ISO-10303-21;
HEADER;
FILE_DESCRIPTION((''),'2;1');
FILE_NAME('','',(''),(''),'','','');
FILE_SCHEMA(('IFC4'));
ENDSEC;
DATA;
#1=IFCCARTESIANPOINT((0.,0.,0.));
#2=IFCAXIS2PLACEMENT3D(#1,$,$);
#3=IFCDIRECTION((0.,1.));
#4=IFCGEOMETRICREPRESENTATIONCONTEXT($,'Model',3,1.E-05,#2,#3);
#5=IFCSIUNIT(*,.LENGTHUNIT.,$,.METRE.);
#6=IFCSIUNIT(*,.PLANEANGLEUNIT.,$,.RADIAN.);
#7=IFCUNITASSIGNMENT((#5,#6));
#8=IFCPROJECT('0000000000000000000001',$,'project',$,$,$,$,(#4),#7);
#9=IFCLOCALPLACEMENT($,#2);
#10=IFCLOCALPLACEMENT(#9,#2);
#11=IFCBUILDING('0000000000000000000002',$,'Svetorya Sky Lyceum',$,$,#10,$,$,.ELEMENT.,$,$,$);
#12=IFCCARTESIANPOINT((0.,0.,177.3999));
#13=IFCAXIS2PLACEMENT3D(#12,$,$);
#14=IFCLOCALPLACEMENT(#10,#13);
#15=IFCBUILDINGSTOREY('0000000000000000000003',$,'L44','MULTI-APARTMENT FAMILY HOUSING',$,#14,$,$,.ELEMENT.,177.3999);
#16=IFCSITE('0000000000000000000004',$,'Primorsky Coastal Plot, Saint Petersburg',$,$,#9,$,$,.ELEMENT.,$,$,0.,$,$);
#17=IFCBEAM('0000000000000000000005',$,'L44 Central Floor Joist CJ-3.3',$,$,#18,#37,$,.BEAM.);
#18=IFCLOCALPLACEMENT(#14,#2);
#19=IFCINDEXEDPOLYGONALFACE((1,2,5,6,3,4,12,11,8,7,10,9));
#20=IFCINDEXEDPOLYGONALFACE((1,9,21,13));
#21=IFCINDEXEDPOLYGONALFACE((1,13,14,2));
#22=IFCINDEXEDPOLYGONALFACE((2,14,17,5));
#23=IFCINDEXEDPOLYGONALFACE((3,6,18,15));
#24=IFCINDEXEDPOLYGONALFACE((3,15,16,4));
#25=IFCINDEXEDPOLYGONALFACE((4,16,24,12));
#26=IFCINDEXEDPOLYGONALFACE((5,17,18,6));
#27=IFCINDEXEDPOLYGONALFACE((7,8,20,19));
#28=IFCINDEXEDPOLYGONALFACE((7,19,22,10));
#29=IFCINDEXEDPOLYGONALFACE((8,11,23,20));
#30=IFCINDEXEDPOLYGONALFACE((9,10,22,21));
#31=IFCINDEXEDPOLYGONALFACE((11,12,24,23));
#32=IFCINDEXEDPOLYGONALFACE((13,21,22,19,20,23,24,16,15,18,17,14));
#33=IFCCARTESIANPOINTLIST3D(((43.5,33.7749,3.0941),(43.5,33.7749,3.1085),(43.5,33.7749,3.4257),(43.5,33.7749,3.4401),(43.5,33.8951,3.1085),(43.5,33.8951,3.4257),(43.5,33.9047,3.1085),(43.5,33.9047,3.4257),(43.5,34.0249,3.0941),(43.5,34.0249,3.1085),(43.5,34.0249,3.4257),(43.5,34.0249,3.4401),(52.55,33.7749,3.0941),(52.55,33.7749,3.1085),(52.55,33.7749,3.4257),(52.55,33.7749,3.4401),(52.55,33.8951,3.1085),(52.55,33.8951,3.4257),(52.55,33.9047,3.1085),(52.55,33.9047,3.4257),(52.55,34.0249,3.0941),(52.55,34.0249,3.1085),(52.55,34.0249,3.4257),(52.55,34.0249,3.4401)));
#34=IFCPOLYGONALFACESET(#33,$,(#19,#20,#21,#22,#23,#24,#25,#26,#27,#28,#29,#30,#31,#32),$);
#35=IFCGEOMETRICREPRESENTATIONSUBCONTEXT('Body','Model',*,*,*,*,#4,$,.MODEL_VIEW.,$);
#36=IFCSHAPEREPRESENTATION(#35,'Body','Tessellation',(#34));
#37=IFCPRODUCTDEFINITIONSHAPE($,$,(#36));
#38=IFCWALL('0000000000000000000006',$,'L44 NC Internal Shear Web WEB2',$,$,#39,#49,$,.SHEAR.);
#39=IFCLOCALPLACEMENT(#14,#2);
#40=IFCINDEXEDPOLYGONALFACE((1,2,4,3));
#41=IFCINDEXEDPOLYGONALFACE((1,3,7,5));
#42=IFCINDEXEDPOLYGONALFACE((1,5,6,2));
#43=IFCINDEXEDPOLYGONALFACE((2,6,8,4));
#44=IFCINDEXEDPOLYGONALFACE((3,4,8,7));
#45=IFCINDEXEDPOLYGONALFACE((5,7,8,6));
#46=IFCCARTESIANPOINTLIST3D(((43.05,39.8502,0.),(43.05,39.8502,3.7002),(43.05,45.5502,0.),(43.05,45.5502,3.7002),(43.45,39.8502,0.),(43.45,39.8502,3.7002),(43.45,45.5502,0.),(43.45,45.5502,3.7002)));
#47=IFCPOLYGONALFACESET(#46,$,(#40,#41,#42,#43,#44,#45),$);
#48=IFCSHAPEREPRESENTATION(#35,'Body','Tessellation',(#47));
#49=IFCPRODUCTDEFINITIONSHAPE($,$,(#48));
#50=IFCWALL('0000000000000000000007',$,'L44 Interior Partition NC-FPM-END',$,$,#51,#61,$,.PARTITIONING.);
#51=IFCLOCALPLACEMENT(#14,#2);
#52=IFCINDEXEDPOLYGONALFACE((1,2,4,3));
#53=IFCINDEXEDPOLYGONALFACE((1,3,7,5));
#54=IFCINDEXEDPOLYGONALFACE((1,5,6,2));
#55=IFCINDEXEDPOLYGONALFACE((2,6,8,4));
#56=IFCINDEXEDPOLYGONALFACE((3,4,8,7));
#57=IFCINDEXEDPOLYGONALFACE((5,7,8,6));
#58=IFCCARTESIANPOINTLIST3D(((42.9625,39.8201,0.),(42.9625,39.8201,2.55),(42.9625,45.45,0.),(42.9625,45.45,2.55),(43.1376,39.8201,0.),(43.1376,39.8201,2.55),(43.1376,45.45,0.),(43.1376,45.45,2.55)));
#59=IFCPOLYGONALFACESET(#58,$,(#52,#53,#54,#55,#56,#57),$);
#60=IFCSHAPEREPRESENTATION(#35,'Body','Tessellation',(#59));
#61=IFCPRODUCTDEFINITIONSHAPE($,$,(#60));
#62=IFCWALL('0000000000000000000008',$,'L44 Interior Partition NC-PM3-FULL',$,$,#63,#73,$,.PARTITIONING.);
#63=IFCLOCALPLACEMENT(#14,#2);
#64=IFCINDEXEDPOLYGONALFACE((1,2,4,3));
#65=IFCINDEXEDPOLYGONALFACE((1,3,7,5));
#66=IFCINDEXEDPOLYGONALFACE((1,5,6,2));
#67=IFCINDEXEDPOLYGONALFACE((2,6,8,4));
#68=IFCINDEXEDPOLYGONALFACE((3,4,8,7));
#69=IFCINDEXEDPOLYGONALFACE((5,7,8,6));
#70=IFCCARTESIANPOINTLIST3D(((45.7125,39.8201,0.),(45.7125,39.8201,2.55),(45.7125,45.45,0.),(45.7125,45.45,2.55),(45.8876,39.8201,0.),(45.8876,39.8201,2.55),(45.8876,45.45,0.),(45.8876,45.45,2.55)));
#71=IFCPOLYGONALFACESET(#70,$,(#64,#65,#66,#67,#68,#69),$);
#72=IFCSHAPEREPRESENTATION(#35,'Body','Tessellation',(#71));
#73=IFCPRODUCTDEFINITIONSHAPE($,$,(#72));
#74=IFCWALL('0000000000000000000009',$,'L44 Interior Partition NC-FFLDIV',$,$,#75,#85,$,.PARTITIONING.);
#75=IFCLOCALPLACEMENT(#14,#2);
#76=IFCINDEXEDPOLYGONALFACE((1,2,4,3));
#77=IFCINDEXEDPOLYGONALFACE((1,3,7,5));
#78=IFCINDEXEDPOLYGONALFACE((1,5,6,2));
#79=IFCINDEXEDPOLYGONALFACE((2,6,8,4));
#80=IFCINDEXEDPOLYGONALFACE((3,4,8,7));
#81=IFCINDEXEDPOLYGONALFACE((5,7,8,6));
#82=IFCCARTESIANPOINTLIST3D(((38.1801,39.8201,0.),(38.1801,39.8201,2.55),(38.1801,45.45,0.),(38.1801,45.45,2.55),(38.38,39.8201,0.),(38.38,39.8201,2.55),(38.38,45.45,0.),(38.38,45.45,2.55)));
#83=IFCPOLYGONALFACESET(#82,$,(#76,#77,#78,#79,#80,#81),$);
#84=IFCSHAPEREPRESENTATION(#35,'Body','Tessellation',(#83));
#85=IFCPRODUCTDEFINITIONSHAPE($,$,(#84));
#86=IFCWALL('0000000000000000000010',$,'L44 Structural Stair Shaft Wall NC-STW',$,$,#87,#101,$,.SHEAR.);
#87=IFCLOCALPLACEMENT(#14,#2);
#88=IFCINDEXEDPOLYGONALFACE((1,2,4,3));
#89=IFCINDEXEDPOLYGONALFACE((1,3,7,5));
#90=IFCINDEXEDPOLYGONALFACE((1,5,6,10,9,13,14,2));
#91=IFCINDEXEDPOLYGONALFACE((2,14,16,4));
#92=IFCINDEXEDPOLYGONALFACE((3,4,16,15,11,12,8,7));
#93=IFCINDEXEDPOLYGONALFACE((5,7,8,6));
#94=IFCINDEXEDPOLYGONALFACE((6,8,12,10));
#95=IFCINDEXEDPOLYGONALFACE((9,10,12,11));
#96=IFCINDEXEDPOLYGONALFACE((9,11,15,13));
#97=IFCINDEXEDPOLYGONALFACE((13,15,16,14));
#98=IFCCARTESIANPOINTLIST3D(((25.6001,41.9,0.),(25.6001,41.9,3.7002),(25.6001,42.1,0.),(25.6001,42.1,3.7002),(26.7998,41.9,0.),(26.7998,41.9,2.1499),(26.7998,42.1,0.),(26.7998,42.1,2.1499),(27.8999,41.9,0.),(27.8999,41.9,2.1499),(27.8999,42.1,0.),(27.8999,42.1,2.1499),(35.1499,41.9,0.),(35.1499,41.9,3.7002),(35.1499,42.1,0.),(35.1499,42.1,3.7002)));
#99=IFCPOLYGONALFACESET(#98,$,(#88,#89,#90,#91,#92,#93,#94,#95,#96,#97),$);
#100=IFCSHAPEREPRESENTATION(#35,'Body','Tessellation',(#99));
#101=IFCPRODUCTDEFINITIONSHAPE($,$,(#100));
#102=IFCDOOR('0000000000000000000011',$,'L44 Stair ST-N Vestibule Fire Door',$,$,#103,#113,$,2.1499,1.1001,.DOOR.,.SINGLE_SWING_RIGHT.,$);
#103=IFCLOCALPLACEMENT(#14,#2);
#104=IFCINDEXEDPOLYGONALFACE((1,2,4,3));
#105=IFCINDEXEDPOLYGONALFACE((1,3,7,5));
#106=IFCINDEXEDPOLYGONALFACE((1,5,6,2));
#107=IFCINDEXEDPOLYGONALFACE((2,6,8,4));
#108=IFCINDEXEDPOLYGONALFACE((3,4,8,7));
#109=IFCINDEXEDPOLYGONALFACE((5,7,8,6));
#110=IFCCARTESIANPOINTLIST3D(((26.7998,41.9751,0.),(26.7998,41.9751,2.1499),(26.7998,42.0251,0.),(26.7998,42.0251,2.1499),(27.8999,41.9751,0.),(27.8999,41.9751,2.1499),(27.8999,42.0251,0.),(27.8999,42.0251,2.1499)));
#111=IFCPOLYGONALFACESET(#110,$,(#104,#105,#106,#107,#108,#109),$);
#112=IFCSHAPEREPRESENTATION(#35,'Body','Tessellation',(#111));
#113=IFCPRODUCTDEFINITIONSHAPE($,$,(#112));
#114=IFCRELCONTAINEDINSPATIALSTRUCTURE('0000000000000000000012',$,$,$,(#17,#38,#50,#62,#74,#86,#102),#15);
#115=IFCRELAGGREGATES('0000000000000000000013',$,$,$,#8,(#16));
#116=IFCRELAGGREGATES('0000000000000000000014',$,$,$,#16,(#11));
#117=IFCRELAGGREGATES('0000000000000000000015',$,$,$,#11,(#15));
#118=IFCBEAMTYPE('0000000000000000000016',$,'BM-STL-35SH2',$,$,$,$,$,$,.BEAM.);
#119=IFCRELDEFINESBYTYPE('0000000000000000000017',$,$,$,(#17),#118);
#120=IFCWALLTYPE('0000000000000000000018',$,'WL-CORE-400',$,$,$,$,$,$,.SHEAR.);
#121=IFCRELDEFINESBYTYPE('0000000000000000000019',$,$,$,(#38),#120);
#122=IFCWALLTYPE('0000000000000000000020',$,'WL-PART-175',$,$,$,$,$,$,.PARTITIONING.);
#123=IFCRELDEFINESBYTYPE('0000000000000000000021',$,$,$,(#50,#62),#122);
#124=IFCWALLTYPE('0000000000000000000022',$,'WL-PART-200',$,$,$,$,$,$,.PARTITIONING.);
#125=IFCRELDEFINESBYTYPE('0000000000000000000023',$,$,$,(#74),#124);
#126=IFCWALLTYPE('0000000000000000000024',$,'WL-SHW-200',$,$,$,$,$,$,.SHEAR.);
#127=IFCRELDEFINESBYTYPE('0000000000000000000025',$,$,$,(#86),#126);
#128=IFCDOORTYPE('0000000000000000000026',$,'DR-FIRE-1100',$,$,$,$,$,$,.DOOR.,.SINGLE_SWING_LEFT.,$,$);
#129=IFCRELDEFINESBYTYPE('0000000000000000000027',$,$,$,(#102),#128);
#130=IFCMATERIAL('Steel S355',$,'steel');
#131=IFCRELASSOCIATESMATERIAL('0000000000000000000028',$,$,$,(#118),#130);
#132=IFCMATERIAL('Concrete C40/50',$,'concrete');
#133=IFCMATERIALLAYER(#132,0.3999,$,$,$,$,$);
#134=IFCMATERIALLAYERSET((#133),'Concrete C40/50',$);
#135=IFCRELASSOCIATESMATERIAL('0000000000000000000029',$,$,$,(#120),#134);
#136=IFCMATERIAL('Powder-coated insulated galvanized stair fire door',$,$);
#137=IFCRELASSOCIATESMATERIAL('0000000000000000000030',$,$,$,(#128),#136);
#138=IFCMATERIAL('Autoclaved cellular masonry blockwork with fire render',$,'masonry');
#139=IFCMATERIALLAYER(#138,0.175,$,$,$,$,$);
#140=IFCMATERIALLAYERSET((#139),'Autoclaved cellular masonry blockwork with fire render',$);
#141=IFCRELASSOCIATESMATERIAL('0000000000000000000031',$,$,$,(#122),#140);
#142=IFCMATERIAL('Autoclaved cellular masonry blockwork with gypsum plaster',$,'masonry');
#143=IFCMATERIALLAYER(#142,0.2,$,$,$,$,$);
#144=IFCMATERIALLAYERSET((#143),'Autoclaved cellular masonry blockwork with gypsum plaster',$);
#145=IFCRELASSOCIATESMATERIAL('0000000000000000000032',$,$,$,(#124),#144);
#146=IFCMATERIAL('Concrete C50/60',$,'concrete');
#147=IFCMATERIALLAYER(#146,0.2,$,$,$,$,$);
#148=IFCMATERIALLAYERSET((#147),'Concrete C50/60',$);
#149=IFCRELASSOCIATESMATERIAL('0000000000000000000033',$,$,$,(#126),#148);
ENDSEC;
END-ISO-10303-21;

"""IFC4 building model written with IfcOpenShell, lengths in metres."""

from ifc_helpers import new_model, si_unit, direction, frame, frame_2d, origin, origin_2d, place, context, subcontext, project, spatial, rectangle, i_section, extrude, material, layer, layer_set, material_profile, profile_set, type_object, element, fill, save


model = new_model("IFC4")

# Units and contexts
model_context = context("Model", 3, precision=1e-05, world=origin(), true_north=direction((0.0, 1.0)))
body_context = subcontext(model_context, "Body", "Model", "MODEL_VIEW")
ifc_project = project(units=[si_unit("LENGTHUNIT", "METRE"), si_unit("PLANEANGLEUNIT", "RADIAN")], contexts=[model_context])

# Site, building, storey
site_placement = place(None, origin())
site = spatial("IfcSite", under=ifc_project, at=site_placement, Name="Primorsky Coastal Plot, Saint Petersburg", CompositionType="ELEMENT", RefElevation=0.0)
building_placement = place(site_placement, origin())
building = spatial("IfcBuilding", under=site, at=building_placement, Name="Svetorya Sky Lyceum", CompositionType="ELEMENT")
storey_placement = place(building_placement, frame((0.0, 0.0, 177.3999)))
storey = spatial("IfcBuildingStorey", under=building, at=storey_placement, Name="L44", Description="MULTI-APARTMENT FAMILY HOUSING", CompositionType="ELEMENT", Elevation=177.3999)

# Shared definitions
ifc_material_1 = material(Name="Concrete C50/60", Category="concrete")

# Beam
ifc_material_2 = material(Name="Steel S355", Category="steel")
ifc_material_profile_1 = material_profile(ifc_material_2, i_section(OverallWidth=0.25, OverallDepth=0.3459, WebThickness=0.0095, FlangeThickness=0.0144, at=origin_2d()), Name="GOST 35Sh2")
ifc_profile_set_1 = profile_set([ifc_material_profile_1], Name="Steel S355")
beam_type_1 = type_object("IfcBeamType", Name="BM-STL-35SH2", PredefinedType="BEAM", material=ifc_profile_set_1)
beam_1_placement = place(storey_placement, frame((43.5, 33.8999, 3.2671), z_axis=(1.0, 0.0, 0.0), x_axis=(0.0, 1.0, 0.0)))
element("IfcBeam", 1, at=beam_1_placement, inside=storey, type_object=beam_type_1, Name="L44 Central Floor Joist CJ-3.3", PredefinedType="BEAM", context=body_context, shape_type="SweptSolid", body=[
    extrude(i_section(OverallWidth=0.25, OverallDepth=0.3459, WebThickness=0.0095, FlangeThickness=0.0144, at=origin_2d()), origin(), (0.0, 0.0, 1.0), 9.05),
])

# Wall
ifc_material_3 = material(Name="Concrete C40/50", Category="concrete")
ifc_layer_1 = layer(ifc_material_3, 0.3999)
ifc_layer_set_1 = layer_set([ifc_layer_1], Name="Concrete C40/50")
wall_type_1 = type_object("IfcWallType", Name="WL-CORE-400", PredefinedType="SHEAR", material=ifc_layer_set_1)
wall_1_placement = place(storey_placement, frame((43.25, 39.8501, 0.0), z_axis=(0.0, 0.0, 1.0), x_axis=(0.0, 1.0, 0.0)))
element("IfcWall", 2, at=wall_1_placement, inside=storey, type_object=wall_type_1, Name="L44 NC Internal Shear Web WEB2", PredefinedType="SHEAR", context=body_context, shape_type="SweptSolid", body=[
    extrude(rectangle(XDim=5.7, YDim=0.3999, at=frame_2d((2.8501, 0.0))), origin(), (0.0, 0.0, 1.0), 3.7002),
])

# Shared definitions
ifc_material_4 = material(Name="Powder-coated insulated galvanized stair fire door")
door_type_1 = type_object("IfcDoorType", Name="DR-FIRE-1100", OperationType="SINGLE_SWING_LEFT", PredefinedType="DOOR", material=ifc_material_4)

# Walls
ifc_material_5 = material(Name="Autoclaved cellular masonry blockwork with fire render", Category="masonry")
ifc_layer_2 = layer(ifc_material_5, 0.175)
ifc_layer_set_2 = layer_set([ifc_layer_2], Name="Autoclaved cellular masonry blockwork with fire render")
wall_type_2 = type_object("IfcWallType", Name="WL-PART-175", PredefinedType="PARTITIONING", material=ifc_layer_set_2)
for number, where, z_axis, x_axis, name in (
    (3, (43.05, 39.8201, 0.0), (0.0, 0.0, 1.0), (0.0, 1.0, 0.0), "L44 Interior Partition NC-FPM-END"),
    (4, (45.8, 39.8201, 0.0), (0.0, 0.0, 1.0), (0.0, 1.0, 0.0), "L44 Interior Partition NC-PM3-FULL"),
):
    element("IfcWall", number, at=place(storey_placement, frame(where, z_axis=z_axis, x_axis=x_axis)), inside=storey, type_object=wall_type_2, Name=name, PredefinedType="PARTITIONING", context=body_context, shape_type="SweptSolid", body=[
        extrude(rectangle(XDim=5.6299, YDim=0.175, at=frame_2d((2.8149, 0.0))), origin(), (0.0, 0.0, 1.0), 2.55),
    ])

# Shared definitions
ifc_material_6 = material(Name="Autoclaved cellular masonry blockwork with gypsum plaster", Category="masonry")
ifc_layer_3 = layer(ifc_material_6, 0.2)
ifc_layer_set_3 = layer_set([ifc_layer_3], Name="Autoclaved cellular masonry blockwork with gypsum plaster")
wall_type_3 = type_object("IfcWallType", Name="WL-PART-200", PredefinedType="PARTITIONING", material=ifc_layer_set_3)

# Wall
wall_2_placement = place(storey_placement, frame((38.28, 39.8201, 0.0), z_axis=(0.0, 0.0, 1.0), x_axis=(0.0, 1.0, 0.0)))
element("IfcWall", 5, at=wall_2_placement, inside=storey, type_object=wall_type_3, Name="L44 Interior Partition NC-FFLDIV", PredefinedType="PARTITIONING", context=body_context, shape_type="SweptSolid", body=[
    extrude(rectangle(XDim=5.6299, YDim=0.2, at=frame_2d((2.8149, 0.0))), origin(), (0.0, 0.0, 1.0), 2.55),
])

# Wall, opening, door
ifc_layer_4 = layer(ifc_material_1, 0.2)
ifc_layer_set_4 = layer_set([ifc_layer_4], Name="Concrete C50/60")
wall_type_4 = type_object("IfcWallType", Name="WL-SHW-200", PredefinedType="SHEAR", material=ifc_layer_set_4)
wall_3_placement = place(storey_placement, frame((35.1499, 42.0, 0.0), z_axis=(0.0, 0.0, 1.0), x_axis=(-1.0, 0.0, 0.0)))
wall_3 = element("IfcWall", 6, at=wall_3_placement, inside=storey, type_object=wall_type_4, Name="L44 Structural Stair Shaft Wall NC-STW", PredefinedType="SHEAR", context=body_context, shape_type="SweptSolid", body=[
    extrude(rectangle(XDim=9.5498, YDim=0.2, at=frame_2d((4.7749, 0.0))), origin(), (0.0, 0.0, 1.0), 3.7002),
])
opening_1_placement = place(wall_3_placement, frame((7.25, 0.0, 0.0)))
opening_1 = element("IfcOpeningElement", 7, at=opening_1_placement, cuts=wall_3, PredefinedType="OPENING", context=body_context, shape_type="SweptSolid", body=[
    extrude(rectangle(XDim=1.1001, YDim=2.1499, at=frame_2d((0.55, 1.075))), frame((0.0, 0.1099, 0.0), z_axis=(0.0, -1.0, 0.0), x_axis=(1.0, 0.0, 0.0)), (0.0, 0.0, 1.0), 0.22),
])
door_1_placement = place(opening_1_placement, origin())
door_1 = element("IfcDoor", 8, at=door_1_placement, inside=storey, type_object=door_type_1, Name="L44 Stair ST-N Vestibule Fire Door", OperationType="SINGLE_SWING_RIGHT", OverallHeight=2.1499, OverallWidth=1.1001, PredefinedType="DOOR", context=body_context, shape_type="SweptSolid", body=[
    extrude(rectangle(XDim=1.1001, YDim=2.1499, at=frame_2d((0.55, 1.075))), frame((0.0, 0.0249, 0.0), z_axis=(0.0, -1.0, 0.0), x_axis=(1.0, 0.0, 0.0)), (0.0, 0.0, 1.0), 0.05),
])
fill(opening_1, door_1)

save(model, "model.ifc")
